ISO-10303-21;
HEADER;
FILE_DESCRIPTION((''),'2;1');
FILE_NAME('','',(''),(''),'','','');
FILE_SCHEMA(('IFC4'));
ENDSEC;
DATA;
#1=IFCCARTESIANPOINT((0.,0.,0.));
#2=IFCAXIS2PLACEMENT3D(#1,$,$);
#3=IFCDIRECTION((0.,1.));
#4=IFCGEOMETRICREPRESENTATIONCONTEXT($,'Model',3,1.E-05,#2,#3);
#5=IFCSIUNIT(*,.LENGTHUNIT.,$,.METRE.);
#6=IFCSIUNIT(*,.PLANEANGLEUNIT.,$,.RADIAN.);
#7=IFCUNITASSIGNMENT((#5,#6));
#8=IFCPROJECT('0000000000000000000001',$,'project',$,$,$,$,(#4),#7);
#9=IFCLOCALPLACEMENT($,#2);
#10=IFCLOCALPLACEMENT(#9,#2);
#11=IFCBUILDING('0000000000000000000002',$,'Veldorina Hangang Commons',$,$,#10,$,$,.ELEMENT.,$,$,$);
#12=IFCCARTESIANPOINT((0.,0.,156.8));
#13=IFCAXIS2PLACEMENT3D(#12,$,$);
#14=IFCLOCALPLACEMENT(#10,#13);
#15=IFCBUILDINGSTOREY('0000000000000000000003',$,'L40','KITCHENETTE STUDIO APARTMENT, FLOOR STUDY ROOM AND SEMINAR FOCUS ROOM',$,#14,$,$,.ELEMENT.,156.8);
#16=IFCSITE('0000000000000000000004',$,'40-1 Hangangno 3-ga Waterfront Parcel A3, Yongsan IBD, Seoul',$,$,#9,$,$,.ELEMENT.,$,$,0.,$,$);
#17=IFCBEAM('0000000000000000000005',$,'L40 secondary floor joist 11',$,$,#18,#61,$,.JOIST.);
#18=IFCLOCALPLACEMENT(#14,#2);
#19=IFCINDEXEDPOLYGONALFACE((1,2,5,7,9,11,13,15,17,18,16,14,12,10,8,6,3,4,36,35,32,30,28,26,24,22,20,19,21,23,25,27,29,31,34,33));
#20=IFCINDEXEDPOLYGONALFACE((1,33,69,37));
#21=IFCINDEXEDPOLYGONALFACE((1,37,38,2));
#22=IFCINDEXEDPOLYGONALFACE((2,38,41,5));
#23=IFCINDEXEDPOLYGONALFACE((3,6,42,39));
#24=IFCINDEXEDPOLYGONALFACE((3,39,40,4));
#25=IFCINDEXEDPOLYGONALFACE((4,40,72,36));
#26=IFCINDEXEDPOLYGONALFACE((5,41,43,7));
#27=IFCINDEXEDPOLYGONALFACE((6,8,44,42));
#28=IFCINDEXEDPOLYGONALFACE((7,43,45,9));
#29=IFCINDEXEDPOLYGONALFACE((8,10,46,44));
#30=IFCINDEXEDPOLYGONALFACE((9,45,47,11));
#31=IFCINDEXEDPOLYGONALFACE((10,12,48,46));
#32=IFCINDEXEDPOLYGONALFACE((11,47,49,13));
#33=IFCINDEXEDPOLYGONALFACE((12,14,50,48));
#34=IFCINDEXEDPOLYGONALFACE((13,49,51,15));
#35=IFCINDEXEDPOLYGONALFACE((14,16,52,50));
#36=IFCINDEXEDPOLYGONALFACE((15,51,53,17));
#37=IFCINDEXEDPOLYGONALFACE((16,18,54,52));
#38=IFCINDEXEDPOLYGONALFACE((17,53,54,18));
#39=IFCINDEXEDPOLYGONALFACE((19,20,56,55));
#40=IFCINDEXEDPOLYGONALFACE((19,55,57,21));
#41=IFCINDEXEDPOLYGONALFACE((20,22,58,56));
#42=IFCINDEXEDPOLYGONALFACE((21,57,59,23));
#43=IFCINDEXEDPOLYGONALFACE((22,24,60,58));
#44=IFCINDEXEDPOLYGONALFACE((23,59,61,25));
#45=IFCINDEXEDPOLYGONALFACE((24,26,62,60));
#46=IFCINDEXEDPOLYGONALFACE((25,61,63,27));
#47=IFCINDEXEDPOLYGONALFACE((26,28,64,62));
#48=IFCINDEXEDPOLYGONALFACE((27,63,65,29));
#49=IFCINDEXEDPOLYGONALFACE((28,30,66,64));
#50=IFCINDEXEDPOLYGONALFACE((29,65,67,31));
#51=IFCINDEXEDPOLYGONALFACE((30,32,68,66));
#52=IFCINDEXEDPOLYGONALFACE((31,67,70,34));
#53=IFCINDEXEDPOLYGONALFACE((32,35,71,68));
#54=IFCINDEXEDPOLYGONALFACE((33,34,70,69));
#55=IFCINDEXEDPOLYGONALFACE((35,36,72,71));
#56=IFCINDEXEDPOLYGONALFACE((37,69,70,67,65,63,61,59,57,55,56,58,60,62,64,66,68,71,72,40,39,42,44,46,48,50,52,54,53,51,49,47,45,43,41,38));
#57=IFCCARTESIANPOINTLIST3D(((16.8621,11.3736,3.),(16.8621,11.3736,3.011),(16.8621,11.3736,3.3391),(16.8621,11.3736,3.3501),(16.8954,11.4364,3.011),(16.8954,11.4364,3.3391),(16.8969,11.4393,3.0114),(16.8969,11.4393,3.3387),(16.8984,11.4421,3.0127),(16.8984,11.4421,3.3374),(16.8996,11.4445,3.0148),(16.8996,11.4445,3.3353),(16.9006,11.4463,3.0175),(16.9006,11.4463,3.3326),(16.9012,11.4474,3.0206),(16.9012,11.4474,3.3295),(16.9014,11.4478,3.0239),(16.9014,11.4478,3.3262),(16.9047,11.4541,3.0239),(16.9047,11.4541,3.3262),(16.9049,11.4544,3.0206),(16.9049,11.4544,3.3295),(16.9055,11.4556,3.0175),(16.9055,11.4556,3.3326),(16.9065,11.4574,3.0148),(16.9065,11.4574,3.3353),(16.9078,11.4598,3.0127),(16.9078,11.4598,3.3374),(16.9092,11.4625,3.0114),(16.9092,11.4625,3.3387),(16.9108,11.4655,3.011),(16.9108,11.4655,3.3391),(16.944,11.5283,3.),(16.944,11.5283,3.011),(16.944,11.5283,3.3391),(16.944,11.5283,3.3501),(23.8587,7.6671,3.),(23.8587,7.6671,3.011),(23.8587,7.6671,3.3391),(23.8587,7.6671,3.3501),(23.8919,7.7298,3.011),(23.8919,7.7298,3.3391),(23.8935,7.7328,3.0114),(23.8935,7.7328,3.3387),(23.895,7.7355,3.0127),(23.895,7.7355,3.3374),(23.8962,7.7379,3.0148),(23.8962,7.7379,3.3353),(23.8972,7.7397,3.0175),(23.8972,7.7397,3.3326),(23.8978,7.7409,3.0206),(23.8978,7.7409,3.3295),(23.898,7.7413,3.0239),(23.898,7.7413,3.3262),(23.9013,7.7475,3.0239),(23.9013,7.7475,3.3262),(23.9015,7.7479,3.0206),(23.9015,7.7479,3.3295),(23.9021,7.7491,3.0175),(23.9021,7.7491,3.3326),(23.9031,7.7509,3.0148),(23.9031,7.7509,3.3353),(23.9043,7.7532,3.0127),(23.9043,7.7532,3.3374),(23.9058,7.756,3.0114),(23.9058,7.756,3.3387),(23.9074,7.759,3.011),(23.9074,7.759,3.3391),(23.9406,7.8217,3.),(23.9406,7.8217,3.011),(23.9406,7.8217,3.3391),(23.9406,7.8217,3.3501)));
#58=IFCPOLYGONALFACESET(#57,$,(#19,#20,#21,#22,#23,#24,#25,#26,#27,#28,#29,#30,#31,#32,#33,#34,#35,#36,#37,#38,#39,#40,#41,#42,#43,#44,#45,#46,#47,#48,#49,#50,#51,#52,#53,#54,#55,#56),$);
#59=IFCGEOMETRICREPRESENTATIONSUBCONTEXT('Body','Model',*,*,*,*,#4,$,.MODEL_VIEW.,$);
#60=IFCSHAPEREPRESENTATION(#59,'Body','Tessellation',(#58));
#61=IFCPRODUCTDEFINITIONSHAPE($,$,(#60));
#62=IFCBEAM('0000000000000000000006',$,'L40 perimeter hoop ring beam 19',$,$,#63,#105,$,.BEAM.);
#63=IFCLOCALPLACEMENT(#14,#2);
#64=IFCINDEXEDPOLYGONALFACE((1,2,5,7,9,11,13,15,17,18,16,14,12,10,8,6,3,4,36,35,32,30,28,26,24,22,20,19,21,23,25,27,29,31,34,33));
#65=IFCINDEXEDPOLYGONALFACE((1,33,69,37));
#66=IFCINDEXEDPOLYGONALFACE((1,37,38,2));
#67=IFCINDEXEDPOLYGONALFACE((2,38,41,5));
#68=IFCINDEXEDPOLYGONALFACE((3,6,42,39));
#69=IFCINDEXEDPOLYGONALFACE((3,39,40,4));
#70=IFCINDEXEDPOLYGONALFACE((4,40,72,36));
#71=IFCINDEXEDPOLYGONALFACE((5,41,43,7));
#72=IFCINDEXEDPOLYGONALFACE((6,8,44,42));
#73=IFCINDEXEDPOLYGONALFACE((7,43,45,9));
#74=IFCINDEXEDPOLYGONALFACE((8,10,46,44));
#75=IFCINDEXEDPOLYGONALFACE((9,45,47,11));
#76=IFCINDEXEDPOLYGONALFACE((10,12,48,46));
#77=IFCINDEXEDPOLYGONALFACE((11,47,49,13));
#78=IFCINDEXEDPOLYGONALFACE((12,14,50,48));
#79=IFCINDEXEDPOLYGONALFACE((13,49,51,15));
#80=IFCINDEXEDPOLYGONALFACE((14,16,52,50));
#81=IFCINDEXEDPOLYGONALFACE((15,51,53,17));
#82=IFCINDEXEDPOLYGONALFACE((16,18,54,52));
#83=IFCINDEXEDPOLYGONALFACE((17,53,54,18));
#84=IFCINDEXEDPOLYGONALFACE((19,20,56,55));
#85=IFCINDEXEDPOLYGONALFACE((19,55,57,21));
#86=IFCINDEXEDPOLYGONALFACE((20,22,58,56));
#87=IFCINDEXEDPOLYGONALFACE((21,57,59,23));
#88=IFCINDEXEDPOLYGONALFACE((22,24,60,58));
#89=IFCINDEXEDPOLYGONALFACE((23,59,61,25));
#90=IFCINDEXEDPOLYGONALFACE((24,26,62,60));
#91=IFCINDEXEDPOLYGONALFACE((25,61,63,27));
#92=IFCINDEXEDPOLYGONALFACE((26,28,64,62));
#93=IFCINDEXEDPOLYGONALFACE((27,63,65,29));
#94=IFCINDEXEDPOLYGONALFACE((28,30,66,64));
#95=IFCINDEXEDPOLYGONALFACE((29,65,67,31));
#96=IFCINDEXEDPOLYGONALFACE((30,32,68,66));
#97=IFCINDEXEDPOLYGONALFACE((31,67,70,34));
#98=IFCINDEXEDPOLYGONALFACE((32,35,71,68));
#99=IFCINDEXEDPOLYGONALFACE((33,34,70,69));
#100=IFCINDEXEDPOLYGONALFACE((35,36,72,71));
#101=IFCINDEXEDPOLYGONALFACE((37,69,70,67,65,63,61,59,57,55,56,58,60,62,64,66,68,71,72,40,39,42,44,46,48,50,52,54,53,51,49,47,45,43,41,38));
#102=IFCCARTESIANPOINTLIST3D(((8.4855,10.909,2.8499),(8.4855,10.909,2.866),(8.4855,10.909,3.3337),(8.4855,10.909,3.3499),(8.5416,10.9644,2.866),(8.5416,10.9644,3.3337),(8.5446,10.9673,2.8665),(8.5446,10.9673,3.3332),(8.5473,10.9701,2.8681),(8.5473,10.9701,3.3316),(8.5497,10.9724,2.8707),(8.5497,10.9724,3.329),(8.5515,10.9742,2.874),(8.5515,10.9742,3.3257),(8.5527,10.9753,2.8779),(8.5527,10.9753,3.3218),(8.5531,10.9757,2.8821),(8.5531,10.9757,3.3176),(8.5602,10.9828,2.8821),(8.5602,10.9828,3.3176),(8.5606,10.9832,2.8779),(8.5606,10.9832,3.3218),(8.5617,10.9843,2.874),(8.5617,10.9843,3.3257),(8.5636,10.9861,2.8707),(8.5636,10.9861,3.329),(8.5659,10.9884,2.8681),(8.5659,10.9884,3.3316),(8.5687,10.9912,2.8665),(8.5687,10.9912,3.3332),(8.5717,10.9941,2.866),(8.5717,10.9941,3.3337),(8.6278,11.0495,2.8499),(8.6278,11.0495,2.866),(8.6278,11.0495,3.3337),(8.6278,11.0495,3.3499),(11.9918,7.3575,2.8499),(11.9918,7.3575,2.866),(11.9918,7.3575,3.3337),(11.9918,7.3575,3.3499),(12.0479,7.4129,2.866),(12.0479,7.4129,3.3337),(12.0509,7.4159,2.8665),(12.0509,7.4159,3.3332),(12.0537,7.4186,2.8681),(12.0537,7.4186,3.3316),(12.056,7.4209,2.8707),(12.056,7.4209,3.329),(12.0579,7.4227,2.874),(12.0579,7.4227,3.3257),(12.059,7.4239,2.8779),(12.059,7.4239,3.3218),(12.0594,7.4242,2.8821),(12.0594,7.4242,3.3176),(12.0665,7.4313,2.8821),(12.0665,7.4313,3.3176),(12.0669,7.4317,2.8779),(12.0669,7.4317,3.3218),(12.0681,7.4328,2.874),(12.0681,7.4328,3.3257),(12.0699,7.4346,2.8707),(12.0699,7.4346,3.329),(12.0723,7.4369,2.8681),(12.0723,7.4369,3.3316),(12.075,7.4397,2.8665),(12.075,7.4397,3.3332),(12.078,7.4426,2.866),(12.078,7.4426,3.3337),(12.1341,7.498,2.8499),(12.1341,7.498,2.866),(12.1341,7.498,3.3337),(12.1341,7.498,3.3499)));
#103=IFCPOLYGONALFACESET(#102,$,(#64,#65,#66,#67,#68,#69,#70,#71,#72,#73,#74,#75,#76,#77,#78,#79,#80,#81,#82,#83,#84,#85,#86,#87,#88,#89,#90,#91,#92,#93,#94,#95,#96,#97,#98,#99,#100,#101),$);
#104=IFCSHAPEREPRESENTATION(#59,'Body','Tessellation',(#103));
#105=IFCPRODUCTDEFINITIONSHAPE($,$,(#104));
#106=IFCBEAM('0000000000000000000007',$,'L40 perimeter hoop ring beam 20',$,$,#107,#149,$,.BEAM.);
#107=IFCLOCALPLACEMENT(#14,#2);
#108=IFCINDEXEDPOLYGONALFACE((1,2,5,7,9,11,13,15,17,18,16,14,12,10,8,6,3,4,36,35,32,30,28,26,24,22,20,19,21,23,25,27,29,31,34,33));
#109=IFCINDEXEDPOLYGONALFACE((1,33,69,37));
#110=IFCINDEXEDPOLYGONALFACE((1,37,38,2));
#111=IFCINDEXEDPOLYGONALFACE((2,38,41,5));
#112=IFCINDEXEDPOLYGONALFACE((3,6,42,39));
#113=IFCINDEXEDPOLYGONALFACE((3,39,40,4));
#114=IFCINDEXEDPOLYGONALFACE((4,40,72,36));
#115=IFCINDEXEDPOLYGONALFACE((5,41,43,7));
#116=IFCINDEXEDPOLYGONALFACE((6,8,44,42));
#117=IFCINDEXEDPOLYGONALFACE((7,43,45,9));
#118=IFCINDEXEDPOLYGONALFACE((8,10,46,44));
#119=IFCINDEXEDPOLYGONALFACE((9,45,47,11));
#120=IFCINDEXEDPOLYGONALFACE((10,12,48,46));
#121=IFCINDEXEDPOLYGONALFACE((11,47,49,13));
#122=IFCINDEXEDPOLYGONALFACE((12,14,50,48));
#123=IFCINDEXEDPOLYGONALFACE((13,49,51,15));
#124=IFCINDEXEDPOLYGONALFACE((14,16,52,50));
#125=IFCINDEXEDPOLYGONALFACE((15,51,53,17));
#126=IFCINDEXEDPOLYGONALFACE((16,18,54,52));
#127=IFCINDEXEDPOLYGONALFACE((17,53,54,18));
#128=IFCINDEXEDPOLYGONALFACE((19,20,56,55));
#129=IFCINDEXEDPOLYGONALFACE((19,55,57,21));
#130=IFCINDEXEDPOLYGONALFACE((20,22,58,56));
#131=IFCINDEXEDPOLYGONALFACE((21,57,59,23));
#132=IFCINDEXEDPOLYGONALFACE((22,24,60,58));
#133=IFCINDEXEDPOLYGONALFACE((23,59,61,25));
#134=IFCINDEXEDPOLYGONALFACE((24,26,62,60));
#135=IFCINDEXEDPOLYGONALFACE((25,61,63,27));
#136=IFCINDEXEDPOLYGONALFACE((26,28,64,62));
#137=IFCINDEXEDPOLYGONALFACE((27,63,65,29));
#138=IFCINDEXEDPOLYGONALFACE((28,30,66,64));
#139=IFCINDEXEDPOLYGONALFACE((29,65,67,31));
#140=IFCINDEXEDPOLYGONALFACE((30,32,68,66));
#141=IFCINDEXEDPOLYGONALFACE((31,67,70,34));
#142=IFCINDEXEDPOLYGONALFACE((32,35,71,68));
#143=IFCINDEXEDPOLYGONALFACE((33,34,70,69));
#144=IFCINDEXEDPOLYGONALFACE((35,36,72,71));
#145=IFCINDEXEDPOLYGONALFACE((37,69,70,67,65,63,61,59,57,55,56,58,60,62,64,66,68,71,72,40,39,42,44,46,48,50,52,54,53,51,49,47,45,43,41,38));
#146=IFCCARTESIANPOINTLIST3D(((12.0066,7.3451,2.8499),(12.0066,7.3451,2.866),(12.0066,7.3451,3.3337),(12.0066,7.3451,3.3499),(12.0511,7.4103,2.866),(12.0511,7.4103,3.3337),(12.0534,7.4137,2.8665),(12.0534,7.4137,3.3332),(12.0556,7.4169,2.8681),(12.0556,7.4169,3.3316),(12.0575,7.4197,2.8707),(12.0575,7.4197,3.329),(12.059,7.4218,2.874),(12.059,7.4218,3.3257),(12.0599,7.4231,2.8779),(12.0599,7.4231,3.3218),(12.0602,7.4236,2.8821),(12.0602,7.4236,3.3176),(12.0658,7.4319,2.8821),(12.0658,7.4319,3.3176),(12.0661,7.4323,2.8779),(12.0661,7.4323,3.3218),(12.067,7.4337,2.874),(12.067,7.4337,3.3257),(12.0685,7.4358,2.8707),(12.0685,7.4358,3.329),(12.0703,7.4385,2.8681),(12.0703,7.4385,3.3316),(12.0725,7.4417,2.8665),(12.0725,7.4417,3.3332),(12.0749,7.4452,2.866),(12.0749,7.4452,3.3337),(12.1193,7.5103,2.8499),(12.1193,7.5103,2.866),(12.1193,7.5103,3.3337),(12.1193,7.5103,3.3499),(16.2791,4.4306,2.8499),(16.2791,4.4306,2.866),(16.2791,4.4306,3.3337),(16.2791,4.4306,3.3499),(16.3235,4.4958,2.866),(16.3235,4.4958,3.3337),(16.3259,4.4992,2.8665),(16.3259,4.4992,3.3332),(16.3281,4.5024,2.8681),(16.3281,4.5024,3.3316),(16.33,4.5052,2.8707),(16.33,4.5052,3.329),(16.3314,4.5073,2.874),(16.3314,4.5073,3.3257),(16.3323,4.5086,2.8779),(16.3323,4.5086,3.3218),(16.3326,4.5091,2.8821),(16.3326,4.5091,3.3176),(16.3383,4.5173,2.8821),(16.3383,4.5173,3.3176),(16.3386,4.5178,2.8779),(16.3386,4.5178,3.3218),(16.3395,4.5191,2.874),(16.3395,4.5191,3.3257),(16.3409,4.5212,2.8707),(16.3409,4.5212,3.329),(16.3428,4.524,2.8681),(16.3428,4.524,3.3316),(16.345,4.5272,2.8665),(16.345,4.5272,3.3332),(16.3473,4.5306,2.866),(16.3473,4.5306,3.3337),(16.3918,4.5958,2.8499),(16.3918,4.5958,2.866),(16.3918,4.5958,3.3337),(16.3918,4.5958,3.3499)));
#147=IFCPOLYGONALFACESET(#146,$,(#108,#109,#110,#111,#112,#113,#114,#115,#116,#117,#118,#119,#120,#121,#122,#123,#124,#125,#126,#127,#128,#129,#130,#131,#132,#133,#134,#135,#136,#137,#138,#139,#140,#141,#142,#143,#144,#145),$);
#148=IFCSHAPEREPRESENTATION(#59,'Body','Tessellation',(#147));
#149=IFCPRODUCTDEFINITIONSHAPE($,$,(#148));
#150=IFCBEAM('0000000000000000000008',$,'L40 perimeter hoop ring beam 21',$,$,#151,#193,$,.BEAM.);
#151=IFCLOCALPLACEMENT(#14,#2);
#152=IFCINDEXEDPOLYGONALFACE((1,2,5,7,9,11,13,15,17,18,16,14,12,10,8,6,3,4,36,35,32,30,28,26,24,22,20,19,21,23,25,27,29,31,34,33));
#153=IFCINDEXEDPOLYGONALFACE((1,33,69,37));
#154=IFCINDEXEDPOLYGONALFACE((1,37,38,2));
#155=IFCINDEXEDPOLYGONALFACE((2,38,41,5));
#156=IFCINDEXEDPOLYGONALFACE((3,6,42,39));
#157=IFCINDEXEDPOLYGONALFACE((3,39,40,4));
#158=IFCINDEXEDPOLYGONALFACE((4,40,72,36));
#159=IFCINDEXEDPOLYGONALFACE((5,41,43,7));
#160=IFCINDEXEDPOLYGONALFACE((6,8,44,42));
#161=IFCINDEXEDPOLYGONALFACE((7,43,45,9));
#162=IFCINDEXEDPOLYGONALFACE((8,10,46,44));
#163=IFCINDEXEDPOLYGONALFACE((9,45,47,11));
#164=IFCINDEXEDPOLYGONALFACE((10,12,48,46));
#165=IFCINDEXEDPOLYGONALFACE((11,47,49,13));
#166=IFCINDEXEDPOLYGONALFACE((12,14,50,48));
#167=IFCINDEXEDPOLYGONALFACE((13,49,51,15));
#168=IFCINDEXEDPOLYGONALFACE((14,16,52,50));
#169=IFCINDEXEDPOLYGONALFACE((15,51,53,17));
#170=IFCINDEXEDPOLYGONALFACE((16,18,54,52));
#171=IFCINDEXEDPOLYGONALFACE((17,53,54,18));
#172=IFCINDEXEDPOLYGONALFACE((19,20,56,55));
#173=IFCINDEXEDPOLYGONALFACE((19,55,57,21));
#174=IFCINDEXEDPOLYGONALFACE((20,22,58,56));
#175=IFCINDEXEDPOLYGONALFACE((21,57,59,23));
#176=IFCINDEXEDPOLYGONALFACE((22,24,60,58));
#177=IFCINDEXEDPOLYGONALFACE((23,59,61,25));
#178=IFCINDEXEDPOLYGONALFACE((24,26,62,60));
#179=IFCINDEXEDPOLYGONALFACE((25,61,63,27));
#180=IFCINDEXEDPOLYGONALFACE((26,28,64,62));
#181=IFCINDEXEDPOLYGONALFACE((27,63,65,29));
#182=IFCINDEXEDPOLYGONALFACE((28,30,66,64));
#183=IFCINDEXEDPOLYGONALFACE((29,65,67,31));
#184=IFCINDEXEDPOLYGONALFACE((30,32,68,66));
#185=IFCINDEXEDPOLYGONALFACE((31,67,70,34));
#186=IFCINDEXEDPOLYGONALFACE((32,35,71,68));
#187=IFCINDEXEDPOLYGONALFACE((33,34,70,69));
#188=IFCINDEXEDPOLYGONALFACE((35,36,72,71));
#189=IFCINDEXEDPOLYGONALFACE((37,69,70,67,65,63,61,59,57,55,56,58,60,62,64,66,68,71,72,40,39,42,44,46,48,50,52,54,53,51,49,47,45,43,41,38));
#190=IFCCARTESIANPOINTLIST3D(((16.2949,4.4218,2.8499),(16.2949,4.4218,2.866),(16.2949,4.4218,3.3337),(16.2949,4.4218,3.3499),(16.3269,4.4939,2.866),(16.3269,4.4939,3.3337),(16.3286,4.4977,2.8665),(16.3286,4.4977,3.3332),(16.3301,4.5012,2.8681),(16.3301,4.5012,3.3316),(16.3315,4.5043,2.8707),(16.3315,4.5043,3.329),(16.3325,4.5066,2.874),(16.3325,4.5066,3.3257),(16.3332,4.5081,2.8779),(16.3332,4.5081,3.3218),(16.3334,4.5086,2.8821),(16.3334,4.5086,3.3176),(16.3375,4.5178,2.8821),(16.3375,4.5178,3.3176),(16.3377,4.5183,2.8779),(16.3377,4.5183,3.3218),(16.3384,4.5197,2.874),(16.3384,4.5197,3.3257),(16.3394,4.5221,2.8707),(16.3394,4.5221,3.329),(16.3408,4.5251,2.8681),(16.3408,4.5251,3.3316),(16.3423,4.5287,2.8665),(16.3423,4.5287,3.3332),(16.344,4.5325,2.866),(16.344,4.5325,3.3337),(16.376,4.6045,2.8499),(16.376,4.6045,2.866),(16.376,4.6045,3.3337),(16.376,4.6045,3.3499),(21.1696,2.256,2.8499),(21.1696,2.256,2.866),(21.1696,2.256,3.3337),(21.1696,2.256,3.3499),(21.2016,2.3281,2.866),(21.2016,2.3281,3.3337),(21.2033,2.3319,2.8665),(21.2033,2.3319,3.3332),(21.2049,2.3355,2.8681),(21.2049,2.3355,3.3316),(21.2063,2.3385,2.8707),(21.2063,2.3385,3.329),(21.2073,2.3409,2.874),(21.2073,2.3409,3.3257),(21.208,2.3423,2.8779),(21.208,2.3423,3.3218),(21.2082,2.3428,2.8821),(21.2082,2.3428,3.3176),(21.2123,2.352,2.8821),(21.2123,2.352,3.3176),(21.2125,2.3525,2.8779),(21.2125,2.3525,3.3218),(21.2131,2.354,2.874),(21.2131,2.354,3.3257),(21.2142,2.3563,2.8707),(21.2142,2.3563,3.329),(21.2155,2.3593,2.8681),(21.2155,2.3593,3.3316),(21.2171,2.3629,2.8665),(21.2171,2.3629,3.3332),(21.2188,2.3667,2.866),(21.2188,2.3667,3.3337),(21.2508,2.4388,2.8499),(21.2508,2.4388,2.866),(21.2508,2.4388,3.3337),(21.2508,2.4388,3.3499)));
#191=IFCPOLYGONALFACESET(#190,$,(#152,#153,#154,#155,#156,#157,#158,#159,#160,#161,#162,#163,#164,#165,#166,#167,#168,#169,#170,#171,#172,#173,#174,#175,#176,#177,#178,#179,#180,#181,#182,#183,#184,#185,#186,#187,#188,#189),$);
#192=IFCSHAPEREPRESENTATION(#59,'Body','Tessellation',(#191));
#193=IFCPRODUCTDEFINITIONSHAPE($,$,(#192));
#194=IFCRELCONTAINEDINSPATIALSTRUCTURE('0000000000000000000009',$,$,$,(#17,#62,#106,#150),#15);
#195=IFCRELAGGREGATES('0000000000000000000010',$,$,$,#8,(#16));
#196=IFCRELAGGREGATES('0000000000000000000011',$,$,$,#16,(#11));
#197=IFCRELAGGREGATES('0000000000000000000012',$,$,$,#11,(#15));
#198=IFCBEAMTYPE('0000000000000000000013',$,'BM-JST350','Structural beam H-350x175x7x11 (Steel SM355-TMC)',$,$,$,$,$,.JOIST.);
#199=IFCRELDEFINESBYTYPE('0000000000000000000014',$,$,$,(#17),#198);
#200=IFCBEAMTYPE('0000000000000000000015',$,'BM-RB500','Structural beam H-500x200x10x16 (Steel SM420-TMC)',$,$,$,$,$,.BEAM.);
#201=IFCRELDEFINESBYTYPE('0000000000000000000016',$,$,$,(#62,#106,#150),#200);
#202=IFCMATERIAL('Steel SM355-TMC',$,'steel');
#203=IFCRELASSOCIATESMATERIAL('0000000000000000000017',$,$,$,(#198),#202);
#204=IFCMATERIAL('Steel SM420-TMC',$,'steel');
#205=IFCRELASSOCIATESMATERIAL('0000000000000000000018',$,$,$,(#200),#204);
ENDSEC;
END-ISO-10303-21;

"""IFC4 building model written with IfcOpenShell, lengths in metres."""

from ifc_helpers import new_model, si_unit, direction, frame, origin, origin_2d, place, context, subcontext, project, spatial, i_section, extrude, material, material_profile, profile_set, type_object, element, save


model = new_model("IFC4")

# Units and contexts
model_context = context("Model", 3, precision=1e-05, world=origin(), true_north=direction((0.0, 1.0)))
body_context = subcontext(model_context, "Body", "Model", "MODEL_VIEW")
ifc_project = project(units=[si_unit("LENGTHUNIT", "METRE"), si_unit("PLANEANGLEUNIT", "RADIAN")], contexts=[model_context])

# Site, building, storey
site_placement = place(None, origin())
site = spatial("IfcSite", under=ifc_project, at=site_placement, Name="40-1 Hangangno 3-ga Waterfront Parcel A3, Yongsan IBD, Seoul", CompositionType="ELEMENT", RefElevation=0.0)
building_placement = place(site_placement, origin())
building = spatial("IfcBuilding", under=site, at=building_placement, Name="Veldorina Hangang Commons", CompositionType="ELEMENT")
storey_placement = place(building_placement, frame((0.0, 0.0, 156.8)))
storey = spatial("IfcBuildingStorey", under=building, at=storey_placement, Name="L40", Description="KITCHENETTE STUDIO APARTMENT, FLOOR STUDY ROOM AND SEMINAR FOCUS ROOM", CompositionType="ELEMENT", Elevation=156.8)

# Beams
ifc_material_1 = material(Name="Steel SM355-TMC", Category="steel")
ifc_material_profile_1 = material_profile(ifc_material_1, i_section(OverallWidth=0.175, OverallDepth=0.3501, WebThickness=0.0071, FlangeThickness=0.011, FilletRadius=0.0129, at=origin_2d()), Name="H-350x175x7x11")
ifc_profile_set_1 = profile_set([ifc_material_profile_1], Name="Steel SM355-TMC")
beam_type_1 = type_object("IfcBeamType", Name="BM-JST350", Description="Structural beam H-350x175x7x11 (Steel SM355-TMC)", PredefinedType="JOIST", material=ifc_profile_set_1)
beam_1_placement = place(storey_placement, frame((16.9031, 11.4509, 3.175), z_axis=(0.883659, -0.468131, 0.0), x_axis=(0.468131, 0.883659, 0.0)))
element("IfcBeam", 1, at=beam_1_placement, inside=storey, type_object=beam_type_1, Name="L40 secondary floor joist 11", PredefinedType="JOIST", context=body_context, shape_type="SweptSolid", body=[
    extrude(i_section(OverallWidth=0.175, OverallDepth=0.3501, WebThickness=0.0071, FlangeThickness=0.011, FilletRadius=0.0129, at=origin_2d()), origin(), (0.0, 0.0, 1.0), 7.9177),
])
ifc_material_2 = material(Name="Steel SM420-TMC", Category="steel")
ifc_material_profile_2 = material_profile(ifc_material_2, i_section(OverallWidth=0.2, OverallDepth=0.5, WebThickness=0.01, FlangeThickness=0.0161, FilletRadius=0.0161, at=origin_2d()), Name="H-500x200x10x16")
ifc_profile_set_2 = profile_set([ifc_material_profile_2], Name="Steel SM420-TMC")
beam_type_2 = type_object("IfcBeamType", Name="BM-RB500", Description="Structural beam H-500x200x10x16 (Steel SM420-TMC)", PredefinedType="BEAM", material=ifc_profile_set_2)
beam_2_placement = place(storey_placement, frame((8.5566, 10.9792, 3.0999), z_axis=(0.702567, -0.711617, 0.0), x_axis=(0.711617, 0.702567, 0.0)))
element("IfcBeam", 2, at=beam_2_placement, inside=storey, type_object=beam_type_2, Name="L40 perimeter hoop ring beam 19", PredefinedType="BEAM", context=body_context, shape_type="SweptSolid", body=[
    extrude(i_section(OverallWidth=0.2, OverallDepth=0.5, WebThickness=0.01, FlangeThickness=0.0161, FilletRadius=0.0161, at=origin_2d()), origin(), (0.0, 0.0, 1.0), 4.9907),
])
beam_3_placement = place(storey_placement, frame((12.063, 7.4277, 3.0999), z_axis=(0.826091, -0.563536, 0.0), x_axis=(0.563536, 0.826091, 0.0)))
element("IfcBeam", 3, at=beam_3_placement, inside=storey, type_object=beam_type_2, Name="L40 perimeter hoop ring beam 20", PredefinedType="BEAM", context=body_context, shape_type="SweptSolid", body=[
    extrude(i_section(OverallWidth=0.2, OverallDepth=0.5, WebThickness=0.01, FlangeThickness=0.0161, FilletRadius=0.0161, at=origin_2d()), origin(), (0.0, 0.0, 1.0), 5.1719),
])
beam_4_placement = place(storey_placement, frame((16.3354, 4.5132, 3.0999), z_axis=(0.913866, -0.406015, 0.0), x_axis=(0.406015, 0.913866, 0.0)))
element("IfcBeam", 4, at=beam_4_placement, inside=storey, type_object=beam_type_2, Name="L40 perimeter hoop ring beam 21", PredefinedType="BEAM", context=body_context, shape_type="SweptSolid", body=[
    extrude(i_section(OverallWidth=0.2, OverallDepth=0.5, WebThickness=0.01, FlangeThickness=0.0161, FilletRadius=0.0161, at=origin_2d()), origin(), (0.0, 0.0, 1.0), 5.3342),
])

save(model, "model.ifc")
